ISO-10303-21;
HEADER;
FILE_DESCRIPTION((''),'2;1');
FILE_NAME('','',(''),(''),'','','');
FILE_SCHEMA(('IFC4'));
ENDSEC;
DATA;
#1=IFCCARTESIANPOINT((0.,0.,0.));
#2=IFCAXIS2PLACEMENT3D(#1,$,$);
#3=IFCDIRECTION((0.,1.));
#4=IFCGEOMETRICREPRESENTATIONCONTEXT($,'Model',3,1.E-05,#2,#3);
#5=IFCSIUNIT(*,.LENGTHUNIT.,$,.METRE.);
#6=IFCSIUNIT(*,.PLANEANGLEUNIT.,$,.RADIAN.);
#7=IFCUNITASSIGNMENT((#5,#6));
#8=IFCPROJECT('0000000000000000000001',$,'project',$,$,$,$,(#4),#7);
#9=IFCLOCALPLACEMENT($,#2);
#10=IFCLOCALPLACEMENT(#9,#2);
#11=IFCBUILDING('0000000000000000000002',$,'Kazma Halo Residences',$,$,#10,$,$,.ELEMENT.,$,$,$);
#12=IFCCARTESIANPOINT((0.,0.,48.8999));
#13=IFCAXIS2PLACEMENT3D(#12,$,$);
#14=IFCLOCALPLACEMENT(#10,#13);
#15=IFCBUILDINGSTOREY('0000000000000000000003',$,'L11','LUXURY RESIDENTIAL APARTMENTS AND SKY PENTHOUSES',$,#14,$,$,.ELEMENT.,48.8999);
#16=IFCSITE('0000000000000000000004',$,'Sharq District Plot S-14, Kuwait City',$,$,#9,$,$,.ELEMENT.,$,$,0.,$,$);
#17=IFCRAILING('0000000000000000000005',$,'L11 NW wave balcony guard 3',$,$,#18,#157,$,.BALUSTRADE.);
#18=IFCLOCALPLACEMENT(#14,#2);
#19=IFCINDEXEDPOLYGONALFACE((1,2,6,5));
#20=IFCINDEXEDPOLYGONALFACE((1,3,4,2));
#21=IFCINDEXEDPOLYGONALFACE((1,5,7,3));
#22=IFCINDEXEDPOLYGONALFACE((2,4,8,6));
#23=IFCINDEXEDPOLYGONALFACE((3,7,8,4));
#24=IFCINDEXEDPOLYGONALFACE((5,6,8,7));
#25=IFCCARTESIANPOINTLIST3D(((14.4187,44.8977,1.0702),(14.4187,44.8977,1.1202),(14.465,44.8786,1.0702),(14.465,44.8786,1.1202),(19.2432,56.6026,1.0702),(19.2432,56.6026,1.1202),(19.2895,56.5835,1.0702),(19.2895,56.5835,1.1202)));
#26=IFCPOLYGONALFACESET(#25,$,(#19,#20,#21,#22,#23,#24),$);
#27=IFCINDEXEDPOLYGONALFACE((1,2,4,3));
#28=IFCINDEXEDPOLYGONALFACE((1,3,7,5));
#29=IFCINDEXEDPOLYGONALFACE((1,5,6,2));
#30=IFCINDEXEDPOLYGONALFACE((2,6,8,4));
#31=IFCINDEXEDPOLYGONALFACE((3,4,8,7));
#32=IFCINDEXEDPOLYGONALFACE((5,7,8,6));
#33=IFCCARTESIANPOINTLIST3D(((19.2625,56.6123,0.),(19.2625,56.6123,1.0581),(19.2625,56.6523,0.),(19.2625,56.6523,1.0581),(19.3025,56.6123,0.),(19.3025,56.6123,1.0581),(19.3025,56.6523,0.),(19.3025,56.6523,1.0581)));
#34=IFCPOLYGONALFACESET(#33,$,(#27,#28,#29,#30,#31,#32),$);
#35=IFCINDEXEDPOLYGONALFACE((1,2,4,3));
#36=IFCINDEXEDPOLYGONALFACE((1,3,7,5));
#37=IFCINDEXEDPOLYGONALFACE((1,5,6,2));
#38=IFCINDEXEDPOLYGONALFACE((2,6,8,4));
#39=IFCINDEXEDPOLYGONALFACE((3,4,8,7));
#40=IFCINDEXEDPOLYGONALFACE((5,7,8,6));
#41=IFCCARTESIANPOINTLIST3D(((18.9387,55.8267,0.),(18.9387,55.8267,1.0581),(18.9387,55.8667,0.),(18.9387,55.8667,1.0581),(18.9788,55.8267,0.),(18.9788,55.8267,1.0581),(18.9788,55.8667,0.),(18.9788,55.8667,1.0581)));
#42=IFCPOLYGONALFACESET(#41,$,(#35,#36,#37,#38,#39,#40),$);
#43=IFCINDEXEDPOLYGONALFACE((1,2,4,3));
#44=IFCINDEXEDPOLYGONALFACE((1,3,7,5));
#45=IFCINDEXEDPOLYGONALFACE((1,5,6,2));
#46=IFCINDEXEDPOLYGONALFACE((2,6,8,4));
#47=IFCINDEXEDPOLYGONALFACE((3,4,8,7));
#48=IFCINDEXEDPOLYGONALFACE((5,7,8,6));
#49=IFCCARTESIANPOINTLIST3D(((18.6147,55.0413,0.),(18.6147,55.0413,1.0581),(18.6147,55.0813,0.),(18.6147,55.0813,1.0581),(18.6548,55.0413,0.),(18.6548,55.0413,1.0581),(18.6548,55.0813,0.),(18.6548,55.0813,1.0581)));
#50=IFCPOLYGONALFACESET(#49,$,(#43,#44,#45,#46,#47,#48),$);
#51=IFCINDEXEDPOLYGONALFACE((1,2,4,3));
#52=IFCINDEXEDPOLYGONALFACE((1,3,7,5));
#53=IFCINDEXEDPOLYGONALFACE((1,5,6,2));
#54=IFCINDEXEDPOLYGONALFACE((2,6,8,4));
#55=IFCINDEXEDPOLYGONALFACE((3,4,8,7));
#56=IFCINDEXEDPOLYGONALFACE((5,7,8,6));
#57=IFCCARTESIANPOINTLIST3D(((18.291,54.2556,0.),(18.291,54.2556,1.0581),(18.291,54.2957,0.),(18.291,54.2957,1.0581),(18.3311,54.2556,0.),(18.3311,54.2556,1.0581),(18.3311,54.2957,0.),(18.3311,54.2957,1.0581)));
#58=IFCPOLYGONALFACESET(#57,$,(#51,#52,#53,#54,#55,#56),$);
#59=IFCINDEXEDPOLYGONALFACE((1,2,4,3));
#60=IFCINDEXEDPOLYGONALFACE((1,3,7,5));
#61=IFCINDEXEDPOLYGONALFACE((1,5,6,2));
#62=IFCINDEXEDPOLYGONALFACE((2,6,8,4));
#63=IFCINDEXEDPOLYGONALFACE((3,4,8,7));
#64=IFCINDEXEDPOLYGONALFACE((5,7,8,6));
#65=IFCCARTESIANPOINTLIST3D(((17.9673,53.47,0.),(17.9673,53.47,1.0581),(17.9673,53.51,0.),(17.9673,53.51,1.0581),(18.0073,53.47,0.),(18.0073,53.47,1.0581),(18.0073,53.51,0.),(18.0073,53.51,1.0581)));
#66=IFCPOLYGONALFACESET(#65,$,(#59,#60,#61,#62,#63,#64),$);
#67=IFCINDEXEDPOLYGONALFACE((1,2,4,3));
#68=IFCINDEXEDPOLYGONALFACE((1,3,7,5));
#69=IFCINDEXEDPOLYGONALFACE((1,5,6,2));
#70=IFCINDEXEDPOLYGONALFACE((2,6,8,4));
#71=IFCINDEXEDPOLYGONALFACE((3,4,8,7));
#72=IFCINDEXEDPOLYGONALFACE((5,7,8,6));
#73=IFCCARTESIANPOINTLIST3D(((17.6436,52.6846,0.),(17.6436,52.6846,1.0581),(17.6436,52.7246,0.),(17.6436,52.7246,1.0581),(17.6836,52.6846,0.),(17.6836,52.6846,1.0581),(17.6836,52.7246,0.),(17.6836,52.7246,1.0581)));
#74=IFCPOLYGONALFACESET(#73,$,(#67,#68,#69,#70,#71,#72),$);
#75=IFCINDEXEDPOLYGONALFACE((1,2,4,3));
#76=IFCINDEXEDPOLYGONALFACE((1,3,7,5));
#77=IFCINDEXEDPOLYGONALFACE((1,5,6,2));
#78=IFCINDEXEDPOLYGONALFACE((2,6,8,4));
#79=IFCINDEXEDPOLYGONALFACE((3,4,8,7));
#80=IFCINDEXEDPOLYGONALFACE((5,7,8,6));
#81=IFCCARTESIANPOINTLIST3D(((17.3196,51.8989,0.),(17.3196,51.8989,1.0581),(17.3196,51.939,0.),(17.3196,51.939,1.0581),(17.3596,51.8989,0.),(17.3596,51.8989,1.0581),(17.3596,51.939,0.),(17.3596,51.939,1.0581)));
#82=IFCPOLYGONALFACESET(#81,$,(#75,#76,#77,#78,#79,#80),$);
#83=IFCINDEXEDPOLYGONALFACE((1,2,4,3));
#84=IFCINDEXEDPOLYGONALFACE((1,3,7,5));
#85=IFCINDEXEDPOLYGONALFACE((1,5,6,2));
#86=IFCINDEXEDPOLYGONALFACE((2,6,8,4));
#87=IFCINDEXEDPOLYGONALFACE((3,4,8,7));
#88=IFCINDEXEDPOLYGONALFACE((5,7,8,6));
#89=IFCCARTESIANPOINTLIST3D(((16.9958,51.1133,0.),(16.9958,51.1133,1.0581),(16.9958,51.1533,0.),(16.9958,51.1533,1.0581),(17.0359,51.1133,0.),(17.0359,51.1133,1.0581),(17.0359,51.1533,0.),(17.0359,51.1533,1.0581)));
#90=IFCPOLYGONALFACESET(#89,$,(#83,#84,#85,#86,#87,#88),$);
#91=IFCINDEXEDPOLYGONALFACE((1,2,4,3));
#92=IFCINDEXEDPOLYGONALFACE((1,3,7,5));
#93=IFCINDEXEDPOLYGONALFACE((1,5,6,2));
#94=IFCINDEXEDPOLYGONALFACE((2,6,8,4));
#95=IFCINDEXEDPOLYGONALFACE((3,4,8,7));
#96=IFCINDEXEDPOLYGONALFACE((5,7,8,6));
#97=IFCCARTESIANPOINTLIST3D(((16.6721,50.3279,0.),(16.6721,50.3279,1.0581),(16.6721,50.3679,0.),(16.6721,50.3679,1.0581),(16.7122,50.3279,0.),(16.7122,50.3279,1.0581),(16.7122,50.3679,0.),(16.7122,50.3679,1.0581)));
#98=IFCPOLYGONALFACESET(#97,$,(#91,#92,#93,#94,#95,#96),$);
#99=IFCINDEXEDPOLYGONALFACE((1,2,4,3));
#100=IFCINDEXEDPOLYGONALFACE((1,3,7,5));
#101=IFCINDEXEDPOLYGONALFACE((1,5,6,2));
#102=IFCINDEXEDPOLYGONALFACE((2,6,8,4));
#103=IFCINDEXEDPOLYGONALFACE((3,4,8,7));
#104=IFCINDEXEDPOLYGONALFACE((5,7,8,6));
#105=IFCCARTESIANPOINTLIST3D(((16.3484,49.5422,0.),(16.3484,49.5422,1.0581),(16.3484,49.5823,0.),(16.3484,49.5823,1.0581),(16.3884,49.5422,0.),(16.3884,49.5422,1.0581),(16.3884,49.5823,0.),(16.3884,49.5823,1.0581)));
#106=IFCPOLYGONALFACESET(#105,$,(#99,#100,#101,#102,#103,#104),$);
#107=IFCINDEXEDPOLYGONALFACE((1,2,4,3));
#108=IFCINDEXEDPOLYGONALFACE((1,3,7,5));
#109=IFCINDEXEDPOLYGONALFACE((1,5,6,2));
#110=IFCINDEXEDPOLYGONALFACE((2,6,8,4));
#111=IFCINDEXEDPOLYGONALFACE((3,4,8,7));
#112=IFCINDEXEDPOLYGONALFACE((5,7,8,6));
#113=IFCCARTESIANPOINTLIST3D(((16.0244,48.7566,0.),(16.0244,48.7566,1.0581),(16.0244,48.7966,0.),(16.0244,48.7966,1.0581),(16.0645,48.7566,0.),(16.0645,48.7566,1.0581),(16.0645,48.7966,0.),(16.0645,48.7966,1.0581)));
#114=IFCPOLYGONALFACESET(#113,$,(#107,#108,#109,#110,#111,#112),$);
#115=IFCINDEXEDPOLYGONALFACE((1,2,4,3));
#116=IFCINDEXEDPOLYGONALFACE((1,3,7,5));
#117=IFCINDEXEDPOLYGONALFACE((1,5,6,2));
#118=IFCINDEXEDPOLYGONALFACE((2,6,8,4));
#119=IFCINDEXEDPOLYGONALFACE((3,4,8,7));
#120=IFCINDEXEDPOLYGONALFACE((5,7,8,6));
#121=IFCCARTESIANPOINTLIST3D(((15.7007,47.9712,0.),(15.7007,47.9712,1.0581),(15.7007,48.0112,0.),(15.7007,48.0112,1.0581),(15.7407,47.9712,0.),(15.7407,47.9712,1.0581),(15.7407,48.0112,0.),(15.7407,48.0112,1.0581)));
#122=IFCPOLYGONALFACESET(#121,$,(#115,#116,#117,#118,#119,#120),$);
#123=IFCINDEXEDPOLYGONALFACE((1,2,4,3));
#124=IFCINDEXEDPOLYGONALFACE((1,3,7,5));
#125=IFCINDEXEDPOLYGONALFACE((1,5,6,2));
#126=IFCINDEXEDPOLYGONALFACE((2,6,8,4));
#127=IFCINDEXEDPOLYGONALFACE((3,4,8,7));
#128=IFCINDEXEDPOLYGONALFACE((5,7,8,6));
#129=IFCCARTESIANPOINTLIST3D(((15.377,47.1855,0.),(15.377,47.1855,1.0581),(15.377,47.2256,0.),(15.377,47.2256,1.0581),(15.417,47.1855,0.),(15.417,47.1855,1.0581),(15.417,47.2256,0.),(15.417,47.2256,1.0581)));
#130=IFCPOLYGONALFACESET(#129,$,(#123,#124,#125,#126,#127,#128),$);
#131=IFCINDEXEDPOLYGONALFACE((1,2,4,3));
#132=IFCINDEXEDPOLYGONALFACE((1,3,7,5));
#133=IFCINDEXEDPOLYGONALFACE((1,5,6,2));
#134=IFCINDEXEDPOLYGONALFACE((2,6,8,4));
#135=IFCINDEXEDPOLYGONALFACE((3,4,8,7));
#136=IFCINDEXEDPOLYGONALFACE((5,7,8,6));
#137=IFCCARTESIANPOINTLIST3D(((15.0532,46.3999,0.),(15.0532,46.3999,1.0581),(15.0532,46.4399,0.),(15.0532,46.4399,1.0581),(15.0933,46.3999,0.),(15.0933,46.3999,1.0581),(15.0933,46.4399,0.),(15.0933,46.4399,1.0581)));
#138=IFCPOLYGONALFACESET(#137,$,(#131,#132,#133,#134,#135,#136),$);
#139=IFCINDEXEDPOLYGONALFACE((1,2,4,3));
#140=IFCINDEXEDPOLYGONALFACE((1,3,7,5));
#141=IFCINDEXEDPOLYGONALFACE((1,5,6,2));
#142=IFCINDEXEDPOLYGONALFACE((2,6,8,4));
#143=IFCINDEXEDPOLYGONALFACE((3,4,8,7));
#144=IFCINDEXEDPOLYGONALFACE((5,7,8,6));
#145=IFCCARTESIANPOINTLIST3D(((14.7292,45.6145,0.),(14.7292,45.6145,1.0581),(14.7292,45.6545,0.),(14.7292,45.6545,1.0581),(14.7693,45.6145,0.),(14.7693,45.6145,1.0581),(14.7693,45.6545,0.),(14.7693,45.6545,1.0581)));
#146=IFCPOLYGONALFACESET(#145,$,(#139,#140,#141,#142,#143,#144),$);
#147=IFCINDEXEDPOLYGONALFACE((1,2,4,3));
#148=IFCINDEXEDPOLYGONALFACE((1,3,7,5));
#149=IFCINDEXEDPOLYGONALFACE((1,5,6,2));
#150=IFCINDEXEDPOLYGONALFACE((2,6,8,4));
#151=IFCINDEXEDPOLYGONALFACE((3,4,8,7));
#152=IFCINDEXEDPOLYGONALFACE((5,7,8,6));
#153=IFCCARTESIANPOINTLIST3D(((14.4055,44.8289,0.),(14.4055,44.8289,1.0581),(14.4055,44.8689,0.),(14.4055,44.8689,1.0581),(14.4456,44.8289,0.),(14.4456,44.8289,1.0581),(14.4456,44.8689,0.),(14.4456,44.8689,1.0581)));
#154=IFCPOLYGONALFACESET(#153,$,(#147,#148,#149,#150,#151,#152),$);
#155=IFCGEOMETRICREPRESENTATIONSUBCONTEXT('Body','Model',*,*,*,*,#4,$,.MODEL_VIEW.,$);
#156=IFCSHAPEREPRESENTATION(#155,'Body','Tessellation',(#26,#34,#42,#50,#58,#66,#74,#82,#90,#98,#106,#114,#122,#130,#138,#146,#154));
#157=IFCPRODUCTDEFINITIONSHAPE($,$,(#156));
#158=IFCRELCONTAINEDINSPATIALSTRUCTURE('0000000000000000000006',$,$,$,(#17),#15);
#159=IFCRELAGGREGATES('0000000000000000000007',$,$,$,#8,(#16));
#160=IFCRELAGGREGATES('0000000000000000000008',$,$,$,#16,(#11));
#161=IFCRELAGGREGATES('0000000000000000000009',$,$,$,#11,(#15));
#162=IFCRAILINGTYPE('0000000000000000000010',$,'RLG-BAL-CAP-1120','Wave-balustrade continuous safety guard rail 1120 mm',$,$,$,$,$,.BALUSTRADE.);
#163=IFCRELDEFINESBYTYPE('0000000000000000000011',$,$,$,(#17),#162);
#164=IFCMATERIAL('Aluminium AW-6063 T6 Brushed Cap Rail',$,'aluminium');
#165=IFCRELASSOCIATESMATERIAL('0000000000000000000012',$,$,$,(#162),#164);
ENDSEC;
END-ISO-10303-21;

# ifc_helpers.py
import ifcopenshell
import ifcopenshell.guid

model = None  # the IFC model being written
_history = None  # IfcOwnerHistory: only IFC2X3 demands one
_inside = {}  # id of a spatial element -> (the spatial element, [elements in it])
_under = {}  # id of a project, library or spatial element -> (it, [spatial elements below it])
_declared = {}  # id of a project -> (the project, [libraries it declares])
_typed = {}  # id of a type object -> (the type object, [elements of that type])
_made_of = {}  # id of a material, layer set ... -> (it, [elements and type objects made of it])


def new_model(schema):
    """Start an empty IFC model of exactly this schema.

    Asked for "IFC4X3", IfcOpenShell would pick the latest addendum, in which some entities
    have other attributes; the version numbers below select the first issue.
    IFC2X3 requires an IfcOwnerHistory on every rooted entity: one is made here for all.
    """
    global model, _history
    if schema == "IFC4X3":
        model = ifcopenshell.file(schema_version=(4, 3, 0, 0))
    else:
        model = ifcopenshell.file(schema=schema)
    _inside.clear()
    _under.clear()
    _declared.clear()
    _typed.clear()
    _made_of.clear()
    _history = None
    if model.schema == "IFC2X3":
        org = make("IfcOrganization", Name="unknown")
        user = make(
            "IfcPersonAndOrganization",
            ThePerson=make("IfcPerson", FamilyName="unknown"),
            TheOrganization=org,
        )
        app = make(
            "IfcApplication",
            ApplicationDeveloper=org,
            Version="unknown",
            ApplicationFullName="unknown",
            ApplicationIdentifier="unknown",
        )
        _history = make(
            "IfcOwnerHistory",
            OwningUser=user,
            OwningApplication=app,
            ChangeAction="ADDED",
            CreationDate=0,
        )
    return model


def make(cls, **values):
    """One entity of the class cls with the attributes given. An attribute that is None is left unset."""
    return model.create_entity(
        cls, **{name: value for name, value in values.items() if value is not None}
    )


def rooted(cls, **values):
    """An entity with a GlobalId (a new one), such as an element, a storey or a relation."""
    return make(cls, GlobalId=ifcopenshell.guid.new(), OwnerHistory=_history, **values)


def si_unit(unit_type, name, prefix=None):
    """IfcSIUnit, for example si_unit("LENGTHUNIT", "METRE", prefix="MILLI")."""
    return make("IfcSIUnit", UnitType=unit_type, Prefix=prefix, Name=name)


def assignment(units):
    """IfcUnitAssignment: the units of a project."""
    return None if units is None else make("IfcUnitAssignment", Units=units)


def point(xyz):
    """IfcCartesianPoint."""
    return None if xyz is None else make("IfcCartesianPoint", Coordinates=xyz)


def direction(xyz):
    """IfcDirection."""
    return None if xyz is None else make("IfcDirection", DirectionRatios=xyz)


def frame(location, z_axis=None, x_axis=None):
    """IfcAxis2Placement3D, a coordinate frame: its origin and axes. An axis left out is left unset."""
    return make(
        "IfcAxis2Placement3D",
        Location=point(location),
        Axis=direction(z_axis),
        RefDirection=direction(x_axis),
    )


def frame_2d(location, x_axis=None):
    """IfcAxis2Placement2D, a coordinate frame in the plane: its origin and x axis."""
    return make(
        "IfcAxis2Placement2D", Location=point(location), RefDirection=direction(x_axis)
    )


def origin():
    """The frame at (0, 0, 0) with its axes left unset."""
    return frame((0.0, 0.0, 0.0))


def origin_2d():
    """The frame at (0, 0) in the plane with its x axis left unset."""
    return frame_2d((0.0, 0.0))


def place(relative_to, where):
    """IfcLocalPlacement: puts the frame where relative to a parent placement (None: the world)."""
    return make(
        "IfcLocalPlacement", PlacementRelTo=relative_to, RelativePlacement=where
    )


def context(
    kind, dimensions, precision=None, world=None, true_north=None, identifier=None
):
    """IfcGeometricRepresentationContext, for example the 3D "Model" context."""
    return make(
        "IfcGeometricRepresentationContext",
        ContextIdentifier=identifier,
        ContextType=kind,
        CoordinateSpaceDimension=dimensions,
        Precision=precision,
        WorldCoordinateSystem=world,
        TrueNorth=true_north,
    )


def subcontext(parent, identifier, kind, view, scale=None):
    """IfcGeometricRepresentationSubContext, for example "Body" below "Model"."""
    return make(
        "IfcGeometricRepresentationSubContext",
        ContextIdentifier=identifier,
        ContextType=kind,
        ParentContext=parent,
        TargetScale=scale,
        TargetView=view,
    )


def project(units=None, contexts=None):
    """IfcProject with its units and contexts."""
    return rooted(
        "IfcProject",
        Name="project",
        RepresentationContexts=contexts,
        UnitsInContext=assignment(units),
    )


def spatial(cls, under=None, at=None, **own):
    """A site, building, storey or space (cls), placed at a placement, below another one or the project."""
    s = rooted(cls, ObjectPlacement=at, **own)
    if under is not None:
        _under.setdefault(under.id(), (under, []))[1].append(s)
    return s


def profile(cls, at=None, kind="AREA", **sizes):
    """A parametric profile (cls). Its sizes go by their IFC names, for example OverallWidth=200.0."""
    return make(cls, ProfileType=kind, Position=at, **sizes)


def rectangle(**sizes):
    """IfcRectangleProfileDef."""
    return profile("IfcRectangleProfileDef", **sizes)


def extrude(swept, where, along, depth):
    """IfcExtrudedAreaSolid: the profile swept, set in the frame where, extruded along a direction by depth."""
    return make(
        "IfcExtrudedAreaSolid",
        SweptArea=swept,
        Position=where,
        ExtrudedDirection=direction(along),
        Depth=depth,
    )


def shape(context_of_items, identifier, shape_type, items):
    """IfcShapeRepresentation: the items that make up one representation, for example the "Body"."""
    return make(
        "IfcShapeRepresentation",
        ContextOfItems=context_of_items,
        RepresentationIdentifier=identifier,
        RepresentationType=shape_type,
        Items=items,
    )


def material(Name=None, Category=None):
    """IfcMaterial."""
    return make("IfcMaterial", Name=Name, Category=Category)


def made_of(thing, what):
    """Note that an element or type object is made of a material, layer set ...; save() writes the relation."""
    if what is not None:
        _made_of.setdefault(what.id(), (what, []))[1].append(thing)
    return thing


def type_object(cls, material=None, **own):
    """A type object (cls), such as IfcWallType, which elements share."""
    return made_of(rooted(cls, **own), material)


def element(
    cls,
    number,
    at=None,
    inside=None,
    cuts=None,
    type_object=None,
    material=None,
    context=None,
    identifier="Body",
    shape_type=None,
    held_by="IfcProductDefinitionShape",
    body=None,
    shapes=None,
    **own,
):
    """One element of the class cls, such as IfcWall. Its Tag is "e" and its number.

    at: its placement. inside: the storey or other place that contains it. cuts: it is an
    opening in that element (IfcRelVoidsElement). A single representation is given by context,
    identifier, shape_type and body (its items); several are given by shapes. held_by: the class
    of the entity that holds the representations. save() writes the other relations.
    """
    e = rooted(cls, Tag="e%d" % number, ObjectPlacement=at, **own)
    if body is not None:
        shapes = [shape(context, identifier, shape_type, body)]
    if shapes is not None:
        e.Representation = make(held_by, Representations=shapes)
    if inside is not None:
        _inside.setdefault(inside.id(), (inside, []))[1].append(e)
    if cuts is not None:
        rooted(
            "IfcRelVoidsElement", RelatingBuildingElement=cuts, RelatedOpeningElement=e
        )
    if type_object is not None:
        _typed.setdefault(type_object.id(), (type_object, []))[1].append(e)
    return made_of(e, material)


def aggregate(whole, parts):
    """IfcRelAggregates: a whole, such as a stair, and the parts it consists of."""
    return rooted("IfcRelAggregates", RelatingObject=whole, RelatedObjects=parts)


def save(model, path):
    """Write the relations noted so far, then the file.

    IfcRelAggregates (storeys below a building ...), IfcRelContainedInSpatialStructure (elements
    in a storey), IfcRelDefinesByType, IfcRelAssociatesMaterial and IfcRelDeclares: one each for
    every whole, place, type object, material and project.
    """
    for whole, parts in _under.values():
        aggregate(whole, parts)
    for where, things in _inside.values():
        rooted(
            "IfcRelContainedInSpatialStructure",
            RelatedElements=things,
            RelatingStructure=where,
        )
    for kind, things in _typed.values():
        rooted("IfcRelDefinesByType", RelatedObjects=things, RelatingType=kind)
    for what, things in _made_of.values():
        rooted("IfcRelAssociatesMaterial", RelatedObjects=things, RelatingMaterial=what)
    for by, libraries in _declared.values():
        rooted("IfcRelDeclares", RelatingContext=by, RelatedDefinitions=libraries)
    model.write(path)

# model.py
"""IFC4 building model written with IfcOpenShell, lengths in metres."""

from ifc_helpers import new_model, si_unit, direction, frame, origin, origin_2d, place, context, subcontext, project, spatial, rectangle, extrude, material, type_object, element, save


model = new_model("IFC4")

# Units and contexts
model_context = context("Model", 3, precision=1e-05, world=origin(), true_north=direction((0.0, 1.0)))
body_context = subcontext(model_context, "Body", "Model", "MODEL_VIEW")
ifc_project = project(units=[si_unit("LENGTHUNIT", "METRE"), si_unit("PLANEANGLEUNIT", "RADIAN")], contexts=[model_context])

# Site, building, storey
site_placement = place(None, origin())
site = spatial("IfcSite", under=ifc_project, at=site_placement, Name="Sharq District Plot S-14, Kuwait City", CompositionType="ELEMENT", RefElevation=0.0)
building_placement = place(site_placement, origin())
building = spatial("IfcBuilding", under=site, at=building_placement, Name="Kazma Halo Residences", CompositionType="ELEMENT")
storey_placement = place(building_placement, frame((0.0, 0.0, 48.8999)))
storey = spatial("IfcBuildingStorey", under=building, at=storey_placement, Name="L11", Description="LUXURY RESIDENTIAL APARTMENTS AND SKY PENTHOUSES", CompositionType="ELEMENT", Elevation=48.8999)

# Railing
ifc_material_1 = material(Name="Aluminium AW-6063 T6 Brushed Cap Rail", Category="aluminium")
railing_type = type_object("IfcRailingType", Name="RLG-BAL-CAP-1120", Description="Wave-balustrade continuous safety guard rail 1120 mm", PredefinedType="BALUSTRADE", material=ifc_material_1)
railing_1_placement = place(storey_placement, frame((19.2825, 56.6323, 0.0)))
element("IfcRailing", 1, at=railing_1_placement, inside=storey, type_object=railing_type, Name="L11 NW wave balcony guard 3", PredefinedType="BALUSTRADE", context=body_context, shape_type="SweptSolid", body=[
    extrude(rectangle(XDim=0.05, YDim=0.05, at=origin_2d()), frame((-0.0161, -0.0393, 1.0952), z_axis=(-0.38108, -0.924542, 0.0), x_axis=(0.924542, -0.38108, 0.0)), (0.0, 0.0, 1.0), 12.6602),
    extrude(rectangle(XDim=0.04, YDim=0.04, at=origin_2d()), origin(), (0.0, 0.0, 1.0), 1.0581),
    extrude(rectangle(XDim=0.04, YDim=0.04, at=origin_2d()), frame((-0.3237, -0.7856, 0.0)), (0.0, 0.0, 1.0), 1.0581),
    extrude(rectangle(XDim=0.04, YDim=0.04, at=origin_2d()), frame((-0.6477, -1.571, 0.0)), (0.0, 0.0, 1.0), 1.0581),
    extrude(rectangle(XDim=0.04, YDim=0.04, at=origin_2d()), frame((-0.9714, -2.3567, 0.0)), (0.0, 0.0, 1.0), 1.0581),
    extrude(rectangle(XDim=0.04, YDim=0.04, at=origin_2d()), frame((-1.2952, -3.1423, 0.0)), (0.0, 0.0, 1.0), 1.0581),
    extrude(rectangle(XDim=0.04, YDim=0.04, at=origin_2d()), frame((-1.6189, -3.9277, 0.0)), (0.0, 0.0, 1.0), 1.0581),
    extrude(rectangle(XDim=0.04, YDim=0.04, at=origin_2d()), frame((-1.9429, -4.7134, 0.0)), (0.0, 0.0, 1.0), 1.0581),
    extrude(rectangle(XDim=0.04, YDim=0.04, at=origin_2d()), frame((-2.2666, -5.499, 0.0)), (0.0, 0.0, 1.0), 1.0581),
    extrude(rectangle(XDim=0.04, YDim=0.04, at=origin_2d()), frame((-2.5903, -6.2844, 0.0)), (0.0, 0.0, 1.0), 1.0581),
    extrude(rectangle(XDim=0.04, YDim=0.04, at=origin_2d()), frame((-2.9141, -7.0701, 0.0)), (0.0, 0.0, 1.0), 1.0581),
    extrude(rectangle(XDim=0.04, YDim=0.04, at=origin_2d()), frame((-3.238, -7.8557, 0.0)), (0.0, 0.0, 1.0), 1.0581),
    extrude(rectangle(XDim=0.04, YDim=0.04, at=origin_2d()), frame((-3.5618, -8.6411, 0.0)), (0.0, 0.0, 1.0), 1.0581),
    extrude(rectangle(XDim=0.04, YDim=0.04, at=origin_2d()), frame((-3.8855, -9.4268, 0.0)), (0.0, 0.0, 1.0), 1.0581),
    extrude(rectangle(XDim=0.04, YDim=0.04, at=origin_2d()), frame((-4.2092, -10.2124, 0.0)), (0.0, 0.0, 1.0), 1.0581),
    extrude(rectangle(XDim=0.04, YDim=0.04, at=origin_2d()), frame((-4.5332, -10.9978, 0.0)), (0.0, 0.0, 1.0), 1.0581),
    extrude(rectangle(XDim=0.04, YDim=0.04, at=origin_2d()), frame((-4.8569, -11.7834, 0.0)), (0.0, 0.0, 1.0), 1.0581),
])

save(model, "model.ifc")
